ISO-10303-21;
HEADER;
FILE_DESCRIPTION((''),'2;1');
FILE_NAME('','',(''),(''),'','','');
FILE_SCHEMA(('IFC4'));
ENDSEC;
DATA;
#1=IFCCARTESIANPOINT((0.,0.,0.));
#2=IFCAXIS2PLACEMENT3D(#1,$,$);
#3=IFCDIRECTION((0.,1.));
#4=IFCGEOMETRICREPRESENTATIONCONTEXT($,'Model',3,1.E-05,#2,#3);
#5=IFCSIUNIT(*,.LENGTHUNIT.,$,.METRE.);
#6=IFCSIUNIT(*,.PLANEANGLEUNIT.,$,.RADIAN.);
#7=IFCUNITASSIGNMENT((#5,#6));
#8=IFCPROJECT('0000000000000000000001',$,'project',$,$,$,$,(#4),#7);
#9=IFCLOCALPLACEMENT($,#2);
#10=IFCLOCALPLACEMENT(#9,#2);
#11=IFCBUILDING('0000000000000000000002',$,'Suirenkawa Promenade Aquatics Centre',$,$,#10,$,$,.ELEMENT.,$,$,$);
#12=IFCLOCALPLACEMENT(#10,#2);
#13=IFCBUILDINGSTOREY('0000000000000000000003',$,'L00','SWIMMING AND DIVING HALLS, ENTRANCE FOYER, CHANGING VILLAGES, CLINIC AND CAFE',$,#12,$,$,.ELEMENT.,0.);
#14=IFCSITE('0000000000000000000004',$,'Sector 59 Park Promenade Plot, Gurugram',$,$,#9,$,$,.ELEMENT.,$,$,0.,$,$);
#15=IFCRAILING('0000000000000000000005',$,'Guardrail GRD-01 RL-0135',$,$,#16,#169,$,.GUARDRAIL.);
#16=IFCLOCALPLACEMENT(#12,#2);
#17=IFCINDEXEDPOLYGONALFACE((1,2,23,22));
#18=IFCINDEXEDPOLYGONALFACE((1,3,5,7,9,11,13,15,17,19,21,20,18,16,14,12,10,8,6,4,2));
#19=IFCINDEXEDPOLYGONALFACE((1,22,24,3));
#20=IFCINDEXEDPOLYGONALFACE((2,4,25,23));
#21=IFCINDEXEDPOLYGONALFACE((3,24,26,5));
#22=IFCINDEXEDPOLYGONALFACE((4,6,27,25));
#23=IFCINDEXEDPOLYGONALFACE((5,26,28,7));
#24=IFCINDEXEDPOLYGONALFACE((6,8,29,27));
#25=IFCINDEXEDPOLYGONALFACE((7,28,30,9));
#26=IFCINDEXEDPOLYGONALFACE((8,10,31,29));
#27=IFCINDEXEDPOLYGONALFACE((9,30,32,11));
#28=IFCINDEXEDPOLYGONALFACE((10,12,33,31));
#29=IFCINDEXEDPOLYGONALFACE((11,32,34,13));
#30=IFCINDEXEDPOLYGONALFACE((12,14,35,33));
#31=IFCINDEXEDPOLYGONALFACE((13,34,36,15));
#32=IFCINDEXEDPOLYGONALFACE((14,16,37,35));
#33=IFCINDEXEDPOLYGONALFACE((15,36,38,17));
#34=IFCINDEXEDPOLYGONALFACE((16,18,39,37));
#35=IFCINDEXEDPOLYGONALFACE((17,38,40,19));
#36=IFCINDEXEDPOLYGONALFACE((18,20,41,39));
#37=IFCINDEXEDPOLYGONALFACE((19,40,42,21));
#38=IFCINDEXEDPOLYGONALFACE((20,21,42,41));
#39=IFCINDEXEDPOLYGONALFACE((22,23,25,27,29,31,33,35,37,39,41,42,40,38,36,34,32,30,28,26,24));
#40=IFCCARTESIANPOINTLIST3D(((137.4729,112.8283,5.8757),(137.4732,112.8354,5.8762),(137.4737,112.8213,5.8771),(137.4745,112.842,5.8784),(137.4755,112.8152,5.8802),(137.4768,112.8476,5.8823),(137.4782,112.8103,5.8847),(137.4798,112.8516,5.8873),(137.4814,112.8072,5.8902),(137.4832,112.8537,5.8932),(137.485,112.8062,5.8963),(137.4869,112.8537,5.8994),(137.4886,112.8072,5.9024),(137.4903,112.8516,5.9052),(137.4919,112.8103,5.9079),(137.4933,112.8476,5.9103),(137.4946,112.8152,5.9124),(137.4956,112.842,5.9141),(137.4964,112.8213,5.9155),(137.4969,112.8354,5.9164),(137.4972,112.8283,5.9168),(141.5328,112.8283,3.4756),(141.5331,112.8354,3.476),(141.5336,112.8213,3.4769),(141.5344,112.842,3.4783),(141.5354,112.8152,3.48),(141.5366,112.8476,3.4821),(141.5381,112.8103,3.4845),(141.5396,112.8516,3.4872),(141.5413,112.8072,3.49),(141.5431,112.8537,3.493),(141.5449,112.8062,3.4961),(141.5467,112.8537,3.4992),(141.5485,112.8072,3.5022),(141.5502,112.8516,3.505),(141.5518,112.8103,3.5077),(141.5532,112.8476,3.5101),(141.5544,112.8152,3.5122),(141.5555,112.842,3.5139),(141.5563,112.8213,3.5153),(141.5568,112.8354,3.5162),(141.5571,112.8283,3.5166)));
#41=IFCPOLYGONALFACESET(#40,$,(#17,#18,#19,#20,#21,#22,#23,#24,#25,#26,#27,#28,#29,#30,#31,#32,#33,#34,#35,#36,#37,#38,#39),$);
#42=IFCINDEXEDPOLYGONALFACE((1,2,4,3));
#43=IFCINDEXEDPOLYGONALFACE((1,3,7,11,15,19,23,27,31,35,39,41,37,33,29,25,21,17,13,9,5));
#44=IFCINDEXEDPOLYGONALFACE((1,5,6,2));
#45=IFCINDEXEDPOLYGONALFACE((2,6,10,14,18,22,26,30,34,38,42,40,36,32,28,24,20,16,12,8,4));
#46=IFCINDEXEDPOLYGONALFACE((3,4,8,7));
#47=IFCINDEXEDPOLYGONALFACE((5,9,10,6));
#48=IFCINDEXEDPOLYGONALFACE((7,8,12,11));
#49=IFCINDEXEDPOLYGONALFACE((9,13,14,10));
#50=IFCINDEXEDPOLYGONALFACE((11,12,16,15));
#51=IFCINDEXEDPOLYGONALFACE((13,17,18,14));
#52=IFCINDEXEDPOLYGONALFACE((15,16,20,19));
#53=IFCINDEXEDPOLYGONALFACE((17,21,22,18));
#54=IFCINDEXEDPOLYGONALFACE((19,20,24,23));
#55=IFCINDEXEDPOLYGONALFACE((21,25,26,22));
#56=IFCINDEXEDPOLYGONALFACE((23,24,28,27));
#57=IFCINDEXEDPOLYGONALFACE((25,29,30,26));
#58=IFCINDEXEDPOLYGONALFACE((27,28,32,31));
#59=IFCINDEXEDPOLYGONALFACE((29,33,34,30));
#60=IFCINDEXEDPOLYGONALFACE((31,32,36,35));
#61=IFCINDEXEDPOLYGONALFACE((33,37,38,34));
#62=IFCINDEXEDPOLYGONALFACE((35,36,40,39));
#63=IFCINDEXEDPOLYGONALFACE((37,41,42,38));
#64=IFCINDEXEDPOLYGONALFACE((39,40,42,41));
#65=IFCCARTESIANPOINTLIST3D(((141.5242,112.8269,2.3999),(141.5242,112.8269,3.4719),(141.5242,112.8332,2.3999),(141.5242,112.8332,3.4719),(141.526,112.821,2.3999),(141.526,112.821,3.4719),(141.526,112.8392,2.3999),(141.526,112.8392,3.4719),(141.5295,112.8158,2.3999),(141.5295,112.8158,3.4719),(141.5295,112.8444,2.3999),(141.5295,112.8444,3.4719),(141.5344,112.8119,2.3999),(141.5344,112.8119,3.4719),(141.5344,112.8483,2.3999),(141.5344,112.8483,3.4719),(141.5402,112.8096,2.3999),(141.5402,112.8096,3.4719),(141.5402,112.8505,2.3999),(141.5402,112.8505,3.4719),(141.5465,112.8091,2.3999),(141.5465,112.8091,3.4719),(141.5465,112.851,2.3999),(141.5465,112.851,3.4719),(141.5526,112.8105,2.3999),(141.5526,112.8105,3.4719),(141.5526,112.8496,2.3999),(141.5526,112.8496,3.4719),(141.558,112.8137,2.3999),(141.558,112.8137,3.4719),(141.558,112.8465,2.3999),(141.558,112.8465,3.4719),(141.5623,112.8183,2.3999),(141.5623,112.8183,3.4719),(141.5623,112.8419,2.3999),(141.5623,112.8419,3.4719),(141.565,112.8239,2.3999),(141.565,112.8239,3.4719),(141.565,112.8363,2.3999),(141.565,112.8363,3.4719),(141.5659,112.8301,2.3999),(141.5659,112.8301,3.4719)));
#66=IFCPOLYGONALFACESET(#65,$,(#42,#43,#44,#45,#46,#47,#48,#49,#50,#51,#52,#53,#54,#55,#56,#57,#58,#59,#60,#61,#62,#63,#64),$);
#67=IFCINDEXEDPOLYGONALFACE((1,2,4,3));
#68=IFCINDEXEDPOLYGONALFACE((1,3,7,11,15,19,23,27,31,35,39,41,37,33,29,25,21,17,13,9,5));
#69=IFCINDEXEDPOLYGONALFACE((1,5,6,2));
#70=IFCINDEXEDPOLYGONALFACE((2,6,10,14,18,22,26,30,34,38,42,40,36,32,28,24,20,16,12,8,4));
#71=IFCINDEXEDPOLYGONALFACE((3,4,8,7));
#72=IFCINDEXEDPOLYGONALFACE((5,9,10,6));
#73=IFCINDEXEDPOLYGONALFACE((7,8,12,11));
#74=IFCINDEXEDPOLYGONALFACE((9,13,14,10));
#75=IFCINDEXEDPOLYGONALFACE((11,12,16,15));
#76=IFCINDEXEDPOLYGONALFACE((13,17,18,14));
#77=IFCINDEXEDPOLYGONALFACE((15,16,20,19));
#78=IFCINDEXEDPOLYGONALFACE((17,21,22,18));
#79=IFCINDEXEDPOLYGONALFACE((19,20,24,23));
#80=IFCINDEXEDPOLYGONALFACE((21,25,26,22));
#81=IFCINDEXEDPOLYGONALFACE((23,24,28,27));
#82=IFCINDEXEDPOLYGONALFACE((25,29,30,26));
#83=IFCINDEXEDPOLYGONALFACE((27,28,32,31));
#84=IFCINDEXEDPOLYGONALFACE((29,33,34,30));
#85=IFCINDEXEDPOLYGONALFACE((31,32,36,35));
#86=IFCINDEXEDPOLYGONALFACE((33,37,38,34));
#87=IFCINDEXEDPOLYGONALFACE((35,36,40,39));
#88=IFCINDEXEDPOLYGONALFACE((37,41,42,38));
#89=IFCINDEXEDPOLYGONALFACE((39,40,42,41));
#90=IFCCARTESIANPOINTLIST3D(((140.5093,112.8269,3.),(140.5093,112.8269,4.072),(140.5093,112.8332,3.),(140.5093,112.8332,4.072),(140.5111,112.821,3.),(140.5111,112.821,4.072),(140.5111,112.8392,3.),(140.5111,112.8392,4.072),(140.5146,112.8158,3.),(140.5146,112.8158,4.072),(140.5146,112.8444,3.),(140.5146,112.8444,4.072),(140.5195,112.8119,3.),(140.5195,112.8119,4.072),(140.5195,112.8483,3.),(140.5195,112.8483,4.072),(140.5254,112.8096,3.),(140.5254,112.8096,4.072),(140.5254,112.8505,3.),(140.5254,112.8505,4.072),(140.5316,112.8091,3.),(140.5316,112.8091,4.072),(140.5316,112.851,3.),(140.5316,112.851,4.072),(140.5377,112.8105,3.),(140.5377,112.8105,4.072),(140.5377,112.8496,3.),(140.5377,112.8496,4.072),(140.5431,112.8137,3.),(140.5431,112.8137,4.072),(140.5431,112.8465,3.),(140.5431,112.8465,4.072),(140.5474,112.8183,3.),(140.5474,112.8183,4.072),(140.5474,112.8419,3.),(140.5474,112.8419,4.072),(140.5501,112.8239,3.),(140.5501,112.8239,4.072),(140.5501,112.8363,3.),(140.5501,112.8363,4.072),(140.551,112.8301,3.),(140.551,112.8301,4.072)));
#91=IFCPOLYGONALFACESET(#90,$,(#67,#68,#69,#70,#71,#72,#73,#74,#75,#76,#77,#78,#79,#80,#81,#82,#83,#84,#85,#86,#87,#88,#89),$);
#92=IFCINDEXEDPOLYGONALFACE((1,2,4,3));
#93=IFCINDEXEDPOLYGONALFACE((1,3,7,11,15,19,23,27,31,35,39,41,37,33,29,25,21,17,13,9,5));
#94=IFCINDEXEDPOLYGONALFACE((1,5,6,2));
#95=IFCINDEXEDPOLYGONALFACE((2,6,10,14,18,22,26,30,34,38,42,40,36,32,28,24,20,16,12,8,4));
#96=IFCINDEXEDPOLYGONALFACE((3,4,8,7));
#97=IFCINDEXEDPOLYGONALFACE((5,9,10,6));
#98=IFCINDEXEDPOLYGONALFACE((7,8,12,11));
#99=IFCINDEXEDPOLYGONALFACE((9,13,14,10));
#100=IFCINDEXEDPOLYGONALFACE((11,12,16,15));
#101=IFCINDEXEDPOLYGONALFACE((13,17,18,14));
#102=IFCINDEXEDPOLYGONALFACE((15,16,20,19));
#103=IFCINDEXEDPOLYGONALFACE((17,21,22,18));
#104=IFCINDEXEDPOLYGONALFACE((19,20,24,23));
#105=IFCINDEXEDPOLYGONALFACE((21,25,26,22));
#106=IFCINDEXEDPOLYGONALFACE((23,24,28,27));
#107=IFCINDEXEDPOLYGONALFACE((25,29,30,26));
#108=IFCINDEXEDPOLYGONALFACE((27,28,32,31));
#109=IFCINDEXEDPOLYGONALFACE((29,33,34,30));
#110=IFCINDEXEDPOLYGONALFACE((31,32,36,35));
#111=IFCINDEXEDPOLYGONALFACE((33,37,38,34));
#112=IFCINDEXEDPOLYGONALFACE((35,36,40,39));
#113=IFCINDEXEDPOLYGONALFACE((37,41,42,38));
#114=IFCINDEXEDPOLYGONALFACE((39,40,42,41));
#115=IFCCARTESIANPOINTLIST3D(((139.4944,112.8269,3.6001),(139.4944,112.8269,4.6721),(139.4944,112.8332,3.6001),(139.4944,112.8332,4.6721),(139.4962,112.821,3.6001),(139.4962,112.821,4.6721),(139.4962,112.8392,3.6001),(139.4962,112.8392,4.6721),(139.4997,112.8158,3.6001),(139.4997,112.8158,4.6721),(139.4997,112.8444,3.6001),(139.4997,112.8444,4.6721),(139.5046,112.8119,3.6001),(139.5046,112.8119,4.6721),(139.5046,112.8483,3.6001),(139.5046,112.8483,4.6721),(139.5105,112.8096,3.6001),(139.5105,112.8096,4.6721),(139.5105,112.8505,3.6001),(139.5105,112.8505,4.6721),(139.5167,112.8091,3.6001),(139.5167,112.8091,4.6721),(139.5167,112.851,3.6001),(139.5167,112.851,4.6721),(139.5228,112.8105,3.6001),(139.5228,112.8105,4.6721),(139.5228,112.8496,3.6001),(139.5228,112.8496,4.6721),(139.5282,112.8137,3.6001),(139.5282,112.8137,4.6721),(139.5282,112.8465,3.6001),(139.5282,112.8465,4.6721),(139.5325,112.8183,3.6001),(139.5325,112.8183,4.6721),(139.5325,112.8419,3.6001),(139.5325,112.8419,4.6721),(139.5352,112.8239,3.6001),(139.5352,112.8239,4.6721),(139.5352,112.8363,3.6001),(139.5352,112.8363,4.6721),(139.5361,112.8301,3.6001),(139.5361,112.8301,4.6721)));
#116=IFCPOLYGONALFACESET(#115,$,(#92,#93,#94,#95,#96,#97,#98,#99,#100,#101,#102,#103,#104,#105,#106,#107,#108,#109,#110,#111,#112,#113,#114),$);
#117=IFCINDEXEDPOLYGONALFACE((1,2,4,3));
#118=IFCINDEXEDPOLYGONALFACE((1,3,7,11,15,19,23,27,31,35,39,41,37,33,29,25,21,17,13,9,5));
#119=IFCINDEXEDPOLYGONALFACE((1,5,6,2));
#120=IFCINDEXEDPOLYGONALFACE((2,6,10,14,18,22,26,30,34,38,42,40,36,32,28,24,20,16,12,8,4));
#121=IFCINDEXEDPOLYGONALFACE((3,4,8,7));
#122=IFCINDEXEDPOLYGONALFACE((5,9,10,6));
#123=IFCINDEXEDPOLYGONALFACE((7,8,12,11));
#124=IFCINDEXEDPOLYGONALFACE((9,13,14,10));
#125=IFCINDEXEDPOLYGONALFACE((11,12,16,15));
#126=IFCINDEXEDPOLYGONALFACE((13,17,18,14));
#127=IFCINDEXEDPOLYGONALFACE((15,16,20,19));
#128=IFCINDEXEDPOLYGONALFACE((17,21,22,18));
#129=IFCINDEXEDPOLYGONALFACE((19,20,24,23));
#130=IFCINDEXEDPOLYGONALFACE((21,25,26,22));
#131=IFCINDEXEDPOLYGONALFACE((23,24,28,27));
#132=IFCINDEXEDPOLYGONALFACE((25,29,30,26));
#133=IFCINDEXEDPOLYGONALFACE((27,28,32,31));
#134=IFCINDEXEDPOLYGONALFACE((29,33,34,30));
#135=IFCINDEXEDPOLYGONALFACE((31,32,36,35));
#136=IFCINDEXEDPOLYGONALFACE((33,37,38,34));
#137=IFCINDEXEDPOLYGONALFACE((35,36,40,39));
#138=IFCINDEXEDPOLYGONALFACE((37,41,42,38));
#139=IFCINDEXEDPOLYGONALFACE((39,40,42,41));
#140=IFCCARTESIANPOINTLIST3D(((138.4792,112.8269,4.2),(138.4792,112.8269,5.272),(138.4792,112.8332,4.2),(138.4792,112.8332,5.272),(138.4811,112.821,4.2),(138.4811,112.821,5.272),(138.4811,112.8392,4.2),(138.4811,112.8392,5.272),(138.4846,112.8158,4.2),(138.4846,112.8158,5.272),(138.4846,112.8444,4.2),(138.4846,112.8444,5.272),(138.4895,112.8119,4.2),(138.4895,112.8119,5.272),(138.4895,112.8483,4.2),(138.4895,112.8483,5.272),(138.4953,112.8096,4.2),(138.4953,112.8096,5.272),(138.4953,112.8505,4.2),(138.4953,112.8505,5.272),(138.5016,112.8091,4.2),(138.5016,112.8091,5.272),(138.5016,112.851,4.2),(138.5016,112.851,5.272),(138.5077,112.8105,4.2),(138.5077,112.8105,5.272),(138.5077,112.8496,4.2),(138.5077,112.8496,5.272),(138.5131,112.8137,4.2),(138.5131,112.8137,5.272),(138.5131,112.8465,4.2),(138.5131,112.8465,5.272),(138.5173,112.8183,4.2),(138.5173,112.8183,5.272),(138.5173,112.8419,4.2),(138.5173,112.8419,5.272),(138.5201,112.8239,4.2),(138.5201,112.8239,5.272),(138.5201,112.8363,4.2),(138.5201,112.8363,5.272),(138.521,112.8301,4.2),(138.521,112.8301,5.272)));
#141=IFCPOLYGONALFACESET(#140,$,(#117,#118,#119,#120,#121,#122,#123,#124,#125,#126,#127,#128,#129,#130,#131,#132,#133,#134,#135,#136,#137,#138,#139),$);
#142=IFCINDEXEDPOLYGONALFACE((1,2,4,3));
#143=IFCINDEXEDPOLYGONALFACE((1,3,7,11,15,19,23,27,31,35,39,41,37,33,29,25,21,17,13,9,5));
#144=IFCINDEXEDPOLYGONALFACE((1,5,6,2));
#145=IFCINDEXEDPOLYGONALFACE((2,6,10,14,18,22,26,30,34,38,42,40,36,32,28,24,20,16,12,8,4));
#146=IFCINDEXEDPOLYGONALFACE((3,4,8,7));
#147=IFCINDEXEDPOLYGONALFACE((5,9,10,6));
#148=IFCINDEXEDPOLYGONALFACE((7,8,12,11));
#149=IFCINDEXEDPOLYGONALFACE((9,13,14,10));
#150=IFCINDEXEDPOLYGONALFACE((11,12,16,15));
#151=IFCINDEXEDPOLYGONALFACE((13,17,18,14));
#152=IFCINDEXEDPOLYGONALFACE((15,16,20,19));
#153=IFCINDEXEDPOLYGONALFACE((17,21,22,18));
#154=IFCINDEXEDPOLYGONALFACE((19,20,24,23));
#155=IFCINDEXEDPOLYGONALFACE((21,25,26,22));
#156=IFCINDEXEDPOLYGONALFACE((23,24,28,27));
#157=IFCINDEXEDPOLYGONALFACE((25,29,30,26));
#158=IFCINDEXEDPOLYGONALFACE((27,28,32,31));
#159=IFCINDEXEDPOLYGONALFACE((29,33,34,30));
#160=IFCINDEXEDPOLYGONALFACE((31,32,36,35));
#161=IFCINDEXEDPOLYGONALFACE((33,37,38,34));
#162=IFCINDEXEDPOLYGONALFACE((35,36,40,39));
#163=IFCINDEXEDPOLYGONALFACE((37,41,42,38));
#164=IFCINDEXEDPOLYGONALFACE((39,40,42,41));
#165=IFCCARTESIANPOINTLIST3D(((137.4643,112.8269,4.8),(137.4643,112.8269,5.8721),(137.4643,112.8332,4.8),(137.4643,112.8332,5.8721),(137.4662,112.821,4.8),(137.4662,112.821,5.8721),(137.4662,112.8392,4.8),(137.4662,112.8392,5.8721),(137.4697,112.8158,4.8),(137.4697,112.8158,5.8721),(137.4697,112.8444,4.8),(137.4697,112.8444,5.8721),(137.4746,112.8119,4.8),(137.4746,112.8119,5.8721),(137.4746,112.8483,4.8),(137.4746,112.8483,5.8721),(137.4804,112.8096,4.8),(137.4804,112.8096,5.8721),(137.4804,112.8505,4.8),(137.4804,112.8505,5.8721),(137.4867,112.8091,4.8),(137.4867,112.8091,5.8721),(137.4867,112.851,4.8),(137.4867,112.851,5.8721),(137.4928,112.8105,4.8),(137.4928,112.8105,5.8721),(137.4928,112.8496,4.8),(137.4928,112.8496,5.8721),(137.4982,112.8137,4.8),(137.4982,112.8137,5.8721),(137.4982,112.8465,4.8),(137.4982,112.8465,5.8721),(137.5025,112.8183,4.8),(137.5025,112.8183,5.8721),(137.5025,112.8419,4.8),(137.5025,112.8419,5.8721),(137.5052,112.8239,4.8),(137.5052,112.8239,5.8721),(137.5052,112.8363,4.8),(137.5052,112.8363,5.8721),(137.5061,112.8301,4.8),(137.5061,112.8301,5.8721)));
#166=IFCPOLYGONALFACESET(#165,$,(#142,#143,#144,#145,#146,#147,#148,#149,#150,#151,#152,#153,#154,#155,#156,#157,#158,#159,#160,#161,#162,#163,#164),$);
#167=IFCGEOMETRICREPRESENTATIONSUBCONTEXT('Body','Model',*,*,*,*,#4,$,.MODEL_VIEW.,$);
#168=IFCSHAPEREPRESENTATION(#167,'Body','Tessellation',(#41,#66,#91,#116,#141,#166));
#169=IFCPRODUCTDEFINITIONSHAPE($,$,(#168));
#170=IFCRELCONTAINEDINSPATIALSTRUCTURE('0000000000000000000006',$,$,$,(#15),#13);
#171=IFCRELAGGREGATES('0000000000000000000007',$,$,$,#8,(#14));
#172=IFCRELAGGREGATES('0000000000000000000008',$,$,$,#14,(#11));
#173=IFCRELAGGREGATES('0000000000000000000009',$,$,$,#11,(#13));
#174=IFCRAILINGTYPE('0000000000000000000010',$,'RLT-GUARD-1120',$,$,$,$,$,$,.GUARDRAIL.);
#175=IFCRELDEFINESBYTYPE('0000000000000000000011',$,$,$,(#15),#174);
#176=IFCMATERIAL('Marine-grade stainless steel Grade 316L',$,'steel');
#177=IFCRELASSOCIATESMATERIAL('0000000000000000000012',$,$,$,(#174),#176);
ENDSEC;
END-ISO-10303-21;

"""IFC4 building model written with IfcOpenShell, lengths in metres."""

from ifc_helpers import new_model, si_unit, direction, frame, origin, origin_2d, place, context, subcontext, project, spatial, circle, extrude, material, type_object, element, save


model = new_model("IFC4")

# Units and contexts
model_context = context("Model", 3, precision=1e-05, world=origin(), true_north=direction((0.0, 1.0)))
body_context = subcontext(model_context, "Body", "Model", "MODEL_VIEW")
ifc_project = project(units=[si_unit("LENGTHUNIT", "METRE"), si_unit("PLANEANGLEUNIT", "RADIAN")], contexts=[model_context])

# Site, building, storey
site_placement = place(None, origin())
site = spatial("IfcSite", under=ifc_project, at=site_placement, Name="Sector 59 Park Promenade Plot, Gurugram", CompositionType="ELEMENT", RefElevation=0.0)
building_placement = place(site_placement, origin())
building = spatial("IfcBuilding", under=site, at=building_placement, Name="Suirenkawa Promenade Aquatics Centre", CompositionType="ELEMENT")
storey_placement = place(building_placement, origin())
storey = spatial("IfcBuildingStorey", under=building, at=storey_placement, Name="L00", Description="SWIMMING AND DIVING HALLS, ENTRANCE FOYER, CHANGING VILLAGES, CLINIC AND CAFE", CompositionType="ELEMENT", Elevation=0.0)

# Shared definitions
ifc_material_1 = material(Name="Marine-grade stainless steel Grade 316L", Category="steel")

# Railing
railing_type_1 = type_object("IfcRailingType", Name="RLT-GUARD-1120", PredefinedType="GUARDRAIL", material=ifc_material_1)
railing_1_placement = place(storey_placement, frame((141.5449, 112.8301, 2.3999)))
element("IfcRailing", 1, at=railing_1_placement, inside=storey, type_object=railing_type_1, Name="Guardrail GRD-01 RL-0135", PredefinedType="GUARDRAIL", context=body_context, shape_type="SweptSolid", body=[
    extrude(circle(Radius=0.0239, at=origin_2d()), frame((0.0, 0.0, 1.0962), z_axis=(-0.860818, 0.0, 0.508912), x_axis=(0.0, -1.0, 0.0)), (0.0, 0.0, 1.0), 4.7163),
    extrude(circle(Radius=0.021, at=origin_2d()), origin(), (0.0, 0.0, 1.0), 1.072),
    extrude(circle(Radius=0.021, at=origin_2d()), frame((-1.0149, 0.0, 0.6001)), (0.0, 0.0, 1.0), 1.072),
    extrude(circle(Radius=0.021, at=origin_2d()), frame((-2.0298, 0.0, 1.2002)), (0.0, 0.0, 1.0), 1.072),
    extrude(circle(Radius=0.021, at=origin_2d()), frame((-3.0449, 0.0, 1.8)), (0.0, 0.0, 1.0), 1.072),
    extrude(circle(Radius=0.021, at=origin_2d()), frame((-4.0598, 0.0, 2.4001)), (0.0, 0.0, 1.0), 1.072),
])

save(model, "model.ifc")
